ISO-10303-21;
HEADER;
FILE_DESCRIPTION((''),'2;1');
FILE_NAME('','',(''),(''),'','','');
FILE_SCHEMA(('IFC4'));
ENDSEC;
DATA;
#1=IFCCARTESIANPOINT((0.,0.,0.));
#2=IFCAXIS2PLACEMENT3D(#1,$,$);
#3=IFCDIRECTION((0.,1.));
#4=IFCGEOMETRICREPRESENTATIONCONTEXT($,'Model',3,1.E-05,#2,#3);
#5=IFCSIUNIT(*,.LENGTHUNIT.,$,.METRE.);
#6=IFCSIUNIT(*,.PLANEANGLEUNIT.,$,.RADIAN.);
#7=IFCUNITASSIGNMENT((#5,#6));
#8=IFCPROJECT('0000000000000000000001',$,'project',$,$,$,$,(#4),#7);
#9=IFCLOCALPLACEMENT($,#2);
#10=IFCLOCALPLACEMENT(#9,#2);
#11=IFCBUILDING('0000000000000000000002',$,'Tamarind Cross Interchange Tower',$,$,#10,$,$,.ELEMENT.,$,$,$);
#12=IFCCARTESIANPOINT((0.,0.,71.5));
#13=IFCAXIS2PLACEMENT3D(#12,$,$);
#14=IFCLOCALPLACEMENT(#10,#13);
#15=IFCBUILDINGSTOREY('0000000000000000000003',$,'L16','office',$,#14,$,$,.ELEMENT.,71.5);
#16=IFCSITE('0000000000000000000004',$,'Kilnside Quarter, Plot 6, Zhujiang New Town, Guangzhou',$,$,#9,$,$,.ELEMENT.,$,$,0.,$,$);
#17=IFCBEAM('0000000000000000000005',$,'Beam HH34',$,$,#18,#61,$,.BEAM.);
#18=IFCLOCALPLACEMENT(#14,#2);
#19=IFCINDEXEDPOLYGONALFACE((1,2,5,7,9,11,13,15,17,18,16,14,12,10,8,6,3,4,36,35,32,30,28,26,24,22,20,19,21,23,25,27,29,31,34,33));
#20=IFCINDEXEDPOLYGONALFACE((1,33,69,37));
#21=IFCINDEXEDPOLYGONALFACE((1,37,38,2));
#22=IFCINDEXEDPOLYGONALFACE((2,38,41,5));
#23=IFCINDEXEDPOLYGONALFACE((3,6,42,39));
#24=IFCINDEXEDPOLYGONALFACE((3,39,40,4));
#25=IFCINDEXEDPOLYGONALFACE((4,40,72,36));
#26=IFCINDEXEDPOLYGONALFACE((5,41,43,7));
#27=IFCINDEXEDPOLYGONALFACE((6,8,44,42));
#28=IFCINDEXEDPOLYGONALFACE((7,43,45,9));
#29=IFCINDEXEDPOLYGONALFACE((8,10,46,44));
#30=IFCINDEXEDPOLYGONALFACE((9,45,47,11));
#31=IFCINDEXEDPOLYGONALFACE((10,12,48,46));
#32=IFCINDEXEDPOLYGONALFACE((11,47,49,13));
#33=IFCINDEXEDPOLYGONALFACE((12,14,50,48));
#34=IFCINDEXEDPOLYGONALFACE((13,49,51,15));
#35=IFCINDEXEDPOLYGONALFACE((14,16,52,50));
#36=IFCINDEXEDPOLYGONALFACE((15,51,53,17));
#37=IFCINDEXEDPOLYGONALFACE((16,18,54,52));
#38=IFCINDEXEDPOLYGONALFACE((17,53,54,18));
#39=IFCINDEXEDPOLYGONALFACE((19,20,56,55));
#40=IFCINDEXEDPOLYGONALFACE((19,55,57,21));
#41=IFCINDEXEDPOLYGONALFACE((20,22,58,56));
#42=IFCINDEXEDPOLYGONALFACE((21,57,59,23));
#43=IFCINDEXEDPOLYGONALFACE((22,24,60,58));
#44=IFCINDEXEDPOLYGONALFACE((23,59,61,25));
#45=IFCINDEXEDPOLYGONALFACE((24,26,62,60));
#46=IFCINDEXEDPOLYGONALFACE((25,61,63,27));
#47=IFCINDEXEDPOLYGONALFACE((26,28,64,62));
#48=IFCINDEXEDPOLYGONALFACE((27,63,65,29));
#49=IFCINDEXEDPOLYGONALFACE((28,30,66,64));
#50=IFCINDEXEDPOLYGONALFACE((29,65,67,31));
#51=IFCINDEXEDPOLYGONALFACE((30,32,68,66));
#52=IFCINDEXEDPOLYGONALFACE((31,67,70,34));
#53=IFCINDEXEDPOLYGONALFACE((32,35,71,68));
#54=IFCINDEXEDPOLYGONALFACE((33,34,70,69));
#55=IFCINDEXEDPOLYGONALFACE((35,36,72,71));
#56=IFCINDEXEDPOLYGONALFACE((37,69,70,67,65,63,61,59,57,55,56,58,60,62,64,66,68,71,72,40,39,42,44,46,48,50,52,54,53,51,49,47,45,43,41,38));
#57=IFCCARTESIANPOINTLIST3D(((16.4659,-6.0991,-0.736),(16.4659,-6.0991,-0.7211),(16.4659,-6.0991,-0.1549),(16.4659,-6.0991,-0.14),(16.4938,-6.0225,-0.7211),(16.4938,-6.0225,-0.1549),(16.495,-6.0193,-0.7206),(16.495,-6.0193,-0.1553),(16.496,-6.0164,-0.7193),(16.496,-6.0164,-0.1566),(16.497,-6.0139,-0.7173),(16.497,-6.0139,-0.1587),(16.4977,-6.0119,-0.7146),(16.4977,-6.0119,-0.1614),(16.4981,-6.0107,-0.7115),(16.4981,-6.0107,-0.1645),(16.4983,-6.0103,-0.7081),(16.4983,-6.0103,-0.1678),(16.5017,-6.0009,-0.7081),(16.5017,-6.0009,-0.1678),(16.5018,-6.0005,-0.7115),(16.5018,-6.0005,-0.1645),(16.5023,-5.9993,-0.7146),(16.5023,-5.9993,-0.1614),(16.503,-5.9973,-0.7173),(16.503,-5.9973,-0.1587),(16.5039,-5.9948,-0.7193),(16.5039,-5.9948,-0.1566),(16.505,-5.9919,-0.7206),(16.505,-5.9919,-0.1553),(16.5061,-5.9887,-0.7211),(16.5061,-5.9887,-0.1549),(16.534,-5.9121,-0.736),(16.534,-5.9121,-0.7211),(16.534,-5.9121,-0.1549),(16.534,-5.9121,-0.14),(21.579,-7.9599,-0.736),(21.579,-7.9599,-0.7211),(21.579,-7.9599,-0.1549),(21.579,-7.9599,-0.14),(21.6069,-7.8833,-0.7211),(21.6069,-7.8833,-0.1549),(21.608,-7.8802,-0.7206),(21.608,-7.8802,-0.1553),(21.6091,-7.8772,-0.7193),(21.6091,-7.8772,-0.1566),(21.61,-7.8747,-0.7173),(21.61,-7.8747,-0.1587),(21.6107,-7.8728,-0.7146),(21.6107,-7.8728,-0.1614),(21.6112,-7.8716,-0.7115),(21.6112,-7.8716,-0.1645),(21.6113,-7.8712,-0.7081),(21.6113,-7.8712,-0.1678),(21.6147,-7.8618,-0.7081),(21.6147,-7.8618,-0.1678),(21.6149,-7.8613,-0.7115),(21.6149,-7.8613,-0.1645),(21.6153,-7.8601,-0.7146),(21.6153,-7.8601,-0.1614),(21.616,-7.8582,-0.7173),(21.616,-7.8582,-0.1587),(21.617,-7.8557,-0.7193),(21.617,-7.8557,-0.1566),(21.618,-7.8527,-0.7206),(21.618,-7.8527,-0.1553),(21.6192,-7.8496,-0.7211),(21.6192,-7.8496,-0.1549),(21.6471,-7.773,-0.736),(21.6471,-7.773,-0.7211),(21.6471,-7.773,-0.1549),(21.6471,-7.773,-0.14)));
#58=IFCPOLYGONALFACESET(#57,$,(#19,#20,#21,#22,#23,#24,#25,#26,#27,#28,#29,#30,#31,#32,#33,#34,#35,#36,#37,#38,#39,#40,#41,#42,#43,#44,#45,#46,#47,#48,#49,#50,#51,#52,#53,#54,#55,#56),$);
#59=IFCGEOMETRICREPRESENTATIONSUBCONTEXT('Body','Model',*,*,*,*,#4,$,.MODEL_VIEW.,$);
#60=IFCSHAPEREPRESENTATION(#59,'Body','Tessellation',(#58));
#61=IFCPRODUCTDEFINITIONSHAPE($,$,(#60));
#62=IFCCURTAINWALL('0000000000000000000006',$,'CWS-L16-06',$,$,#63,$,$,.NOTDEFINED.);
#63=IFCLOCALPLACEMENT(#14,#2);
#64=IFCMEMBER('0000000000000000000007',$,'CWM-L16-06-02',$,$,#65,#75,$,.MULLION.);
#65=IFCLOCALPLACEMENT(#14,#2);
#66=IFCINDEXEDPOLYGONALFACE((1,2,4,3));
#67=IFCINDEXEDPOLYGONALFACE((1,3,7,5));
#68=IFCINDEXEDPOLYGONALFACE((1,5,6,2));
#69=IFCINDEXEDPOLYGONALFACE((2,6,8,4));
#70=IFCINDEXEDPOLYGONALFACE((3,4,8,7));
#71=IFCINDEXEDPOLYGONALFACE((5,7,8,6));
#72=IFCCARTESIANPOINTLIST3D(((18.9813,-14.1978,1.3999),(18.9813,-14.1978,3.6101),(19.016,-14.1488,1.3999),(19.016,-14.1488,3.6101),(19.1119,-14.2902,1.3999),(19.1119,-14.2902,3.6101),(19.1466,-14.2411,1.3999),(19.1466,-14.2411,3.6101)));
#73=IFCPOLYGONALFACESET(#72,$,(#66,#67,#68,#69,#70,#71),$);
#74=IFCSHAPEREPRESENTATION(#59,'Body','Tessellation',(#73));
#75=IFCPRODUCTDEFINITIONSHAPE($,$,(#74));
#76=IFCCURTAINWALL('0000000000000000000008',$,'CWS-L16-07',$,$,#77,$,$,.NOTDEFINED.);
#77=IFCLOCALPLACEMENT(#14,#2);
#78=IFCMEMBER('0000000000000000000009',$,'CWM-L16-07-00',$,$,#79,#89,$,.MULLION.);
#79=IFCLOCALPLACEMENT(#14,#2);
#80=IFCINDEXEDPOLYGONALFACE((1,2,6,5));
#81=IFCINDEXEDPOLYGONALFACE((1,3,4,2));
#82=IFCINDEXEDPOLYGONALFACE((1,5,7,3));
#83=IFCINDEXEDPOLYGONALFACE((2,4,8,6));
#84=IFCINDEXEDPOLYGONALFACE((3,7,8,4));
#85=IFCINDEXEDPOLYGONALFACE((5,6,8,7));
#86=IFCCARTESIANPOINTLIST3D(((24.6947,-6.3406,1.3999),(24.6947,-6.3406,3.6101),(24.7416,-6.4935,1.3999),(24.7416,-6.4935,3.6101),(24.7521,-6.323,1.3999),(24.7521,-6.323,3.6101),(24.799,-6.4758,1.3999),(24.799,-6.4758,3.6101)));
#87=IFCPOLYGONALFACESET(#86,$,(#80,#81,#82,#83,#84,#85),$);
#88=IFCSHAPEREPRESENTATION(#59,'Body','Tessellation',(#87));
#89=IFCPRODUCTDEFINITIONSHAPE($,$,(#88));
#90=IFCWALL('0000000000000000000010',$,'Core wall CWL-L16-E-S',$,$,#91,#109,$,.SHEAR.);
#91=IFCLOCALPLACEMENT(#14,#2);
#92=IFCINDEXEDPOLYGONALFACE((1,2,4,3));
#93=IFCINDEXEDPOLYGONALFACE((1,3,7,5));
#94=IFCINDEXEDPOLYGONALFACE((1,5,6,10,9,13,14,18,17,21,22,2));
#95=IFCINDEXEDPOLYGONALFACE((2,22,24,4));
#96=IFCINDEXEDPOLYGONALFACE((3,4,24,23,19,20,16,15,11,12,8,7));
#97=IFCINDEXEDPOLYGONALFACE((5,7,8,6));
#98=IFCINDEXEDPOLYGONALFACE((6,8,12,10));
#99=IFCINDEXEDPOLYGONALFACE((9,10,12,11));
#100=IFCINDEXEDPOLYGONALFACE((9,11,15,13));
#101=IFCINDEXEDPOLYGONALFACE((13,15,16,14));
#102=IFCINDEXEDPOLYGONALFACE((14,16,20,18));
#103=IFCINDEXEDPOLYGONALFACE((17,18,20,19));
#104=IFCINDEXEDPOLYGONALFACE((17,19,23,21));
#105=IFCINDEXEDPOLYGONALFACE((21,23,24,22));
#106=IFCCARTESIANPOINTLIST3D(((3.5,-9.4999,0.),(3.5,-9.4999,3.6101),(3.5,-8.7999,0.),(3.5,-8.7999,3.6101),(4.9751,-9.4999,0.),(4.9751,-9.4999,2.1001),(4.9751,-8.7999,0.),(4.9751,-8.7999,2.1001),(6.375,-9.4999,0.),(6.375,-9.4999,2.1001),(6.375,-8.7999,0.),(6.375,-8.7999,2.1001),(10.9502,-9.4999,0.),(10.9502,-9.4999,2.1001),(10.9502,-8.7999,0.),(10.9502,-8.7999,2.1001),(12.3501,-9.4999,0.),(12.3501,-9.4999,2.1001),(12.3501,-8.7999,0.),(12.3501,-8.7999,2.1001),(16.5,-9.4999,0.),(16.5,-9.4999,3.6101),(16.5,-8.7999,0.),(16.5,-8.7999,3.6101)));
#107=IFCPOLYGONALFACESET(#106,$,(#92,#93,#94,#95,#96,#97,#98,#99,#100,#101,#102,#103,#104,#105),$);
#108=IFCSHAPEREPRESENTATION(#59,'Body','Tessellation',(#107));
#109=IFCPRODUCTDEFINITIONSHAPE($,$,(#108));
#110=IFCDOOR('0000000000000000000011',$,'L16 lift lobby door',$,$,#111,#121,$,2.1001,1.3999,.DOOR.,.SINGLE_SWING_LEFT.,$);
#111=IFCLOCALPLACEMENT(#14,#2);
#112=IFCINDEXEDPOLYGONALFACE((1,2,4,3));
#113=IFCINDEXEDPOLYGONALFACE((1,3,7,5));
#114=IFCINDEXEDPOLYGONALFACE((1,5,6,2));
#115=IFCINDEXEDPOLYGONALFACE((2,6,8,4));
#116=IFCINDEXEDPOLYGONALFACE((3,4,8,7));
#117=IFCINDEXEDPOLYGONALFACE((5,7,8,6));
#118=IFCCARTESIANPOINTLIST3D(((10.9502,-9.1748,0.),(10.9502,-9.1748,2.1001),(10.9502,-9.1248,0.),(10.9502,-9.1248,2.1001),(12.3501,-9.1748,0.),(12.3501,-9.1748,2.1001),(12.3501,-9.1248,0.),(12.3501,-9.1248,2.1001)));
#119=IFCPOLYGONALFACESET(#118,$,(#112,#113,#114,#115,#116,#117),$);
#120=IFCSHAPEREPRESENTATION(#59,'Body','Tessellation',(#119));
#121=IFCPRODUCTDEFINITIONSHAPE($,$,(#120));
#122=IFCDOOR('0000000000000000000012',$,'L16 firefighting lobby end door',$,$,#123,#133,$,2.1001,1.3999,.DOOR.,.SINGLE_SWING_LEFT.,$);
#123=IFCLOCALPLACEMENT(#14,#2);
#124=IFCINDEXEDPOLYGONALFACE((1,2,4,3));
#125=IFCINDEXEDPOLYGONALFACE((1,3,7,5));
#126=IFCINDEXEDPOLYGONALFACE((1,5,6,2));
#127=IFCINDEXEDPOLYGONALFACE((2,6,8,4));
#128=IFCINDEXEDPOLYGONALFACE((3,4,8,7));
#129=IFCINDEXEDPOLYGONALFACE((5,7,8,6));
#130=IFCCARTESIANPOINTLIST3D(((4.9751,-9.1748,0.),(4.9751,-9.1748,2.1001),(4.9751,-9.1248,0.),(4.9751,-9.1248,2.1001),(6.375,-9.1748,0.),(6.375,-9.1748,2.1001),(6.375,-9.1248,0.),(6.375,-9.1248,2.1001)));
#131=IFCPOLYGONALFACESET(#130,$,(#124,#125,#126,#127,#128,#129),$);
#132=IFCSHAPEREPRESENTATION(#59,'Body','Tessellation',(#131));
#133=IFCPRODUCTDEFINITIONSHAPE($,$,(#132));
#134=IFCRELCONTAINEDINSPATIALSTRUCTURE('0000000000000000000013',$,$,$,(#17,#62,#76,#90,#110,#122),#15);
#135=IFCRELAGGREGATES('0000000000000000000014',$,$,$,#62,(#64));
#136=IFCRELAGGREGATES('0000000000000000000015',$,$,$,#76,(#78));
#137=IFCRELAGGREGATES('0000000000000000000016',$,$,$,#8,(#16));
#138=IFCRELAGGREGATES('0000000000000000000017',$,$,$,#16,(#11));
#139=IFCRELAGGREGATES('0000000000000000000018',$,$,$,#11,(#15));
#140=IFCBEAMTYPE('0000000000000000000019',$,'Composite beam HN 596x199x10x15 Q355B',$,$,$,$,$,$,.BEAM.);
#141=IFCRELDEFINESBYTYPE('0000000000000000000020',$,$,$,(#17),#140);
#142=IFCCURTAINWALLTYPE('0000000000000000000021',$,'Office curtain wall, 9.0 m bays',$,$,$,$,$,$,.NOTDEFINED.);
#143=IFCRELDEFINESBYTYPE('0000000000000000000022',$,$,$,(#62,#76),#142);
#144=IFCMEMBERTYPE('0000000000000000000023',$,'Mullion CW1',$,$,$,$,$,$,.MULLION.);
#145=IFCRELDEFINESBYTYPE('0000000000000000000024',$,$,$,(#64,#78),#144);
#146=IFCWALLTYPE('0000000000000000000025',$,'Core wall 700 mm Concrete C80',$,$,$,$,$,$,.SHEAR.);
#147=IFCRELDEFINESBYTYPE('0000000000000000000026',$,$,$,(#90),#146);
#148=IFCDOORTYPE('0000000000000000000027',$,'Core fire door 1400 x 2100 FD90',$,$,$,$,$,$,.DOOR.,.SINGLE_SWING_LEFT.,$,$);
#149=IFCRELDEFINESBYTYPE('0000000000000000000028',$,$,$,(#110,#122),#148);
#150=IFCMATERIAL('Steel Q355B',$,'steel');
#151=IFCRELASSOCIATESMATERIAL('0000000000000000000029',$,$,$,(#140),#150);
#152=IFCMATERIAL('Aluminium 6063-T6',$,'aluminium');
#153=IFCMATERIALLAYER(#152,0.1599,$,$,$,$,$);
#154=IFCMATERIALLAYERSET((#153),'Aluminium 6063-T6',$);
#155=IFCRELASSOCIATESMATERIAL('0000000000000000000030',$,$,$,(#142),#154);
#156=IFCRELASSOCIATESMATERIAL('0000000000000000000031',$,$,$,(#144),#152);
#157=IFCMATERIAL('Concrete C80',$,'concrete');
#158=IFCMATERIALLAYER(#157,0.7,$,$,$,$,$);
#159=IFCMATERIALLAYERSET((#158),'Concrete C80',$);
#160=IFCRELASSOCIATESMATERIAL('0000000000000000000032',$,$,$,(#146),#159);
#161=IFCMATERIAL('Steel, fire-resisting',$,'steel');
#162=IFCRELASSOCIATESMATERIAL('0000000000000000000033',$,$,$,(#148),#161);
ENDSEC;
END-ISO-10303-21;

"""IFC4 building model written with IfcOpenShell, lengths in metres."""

from ifc_helpers import new_model, si_unit, direction, frame, frame_2d, origin, origin_2d, place, context, subcontext, project, spatial, rectangle, i_section, extrude, material, layer, layer_set, material_profile, profile_set, type_object, element, fill, aggregate, save


model = new_model("IFC4")

# Units and contexts
model_context = context("Model", 3, precision=1e-05, world=origin(), true_north=direction((0.0, 1.0)))
body_context = subcontext(model_context, "Body", "Model", "MODEL_VIEW")
ifc_project = project(units=[si_unit("LENGTHUNIT", "METRE"), si_unit("PLANEANGLEUNIT", "RADIAN")], contexts=[model_context])

# Site, building, storey
site_placement = place(None, origin())
site = spatial("IfcSite", under=ifc_project, at=site_placement, Name="Kilnside Quarter, Plot 6, Zhujiang New Town, Guangzhou", CompositionType="ELEMENT", RefElevation=0.0)
building_placement = place(site_placement, origin())
building = spatial("IfcBuilding", under=site, at=building_placement, Name="Tamarind Cross Interchange Tower", CompositionType="ELEMENT")
storey_placement = place(building_placement, frame((0.0, 0.0, 71.5)))
storey = spatial("IfcBuildingStorey", under=building, at=storey_placement, Name="L16", Description="office", CompositionType="ELEMENT", Elevation=71.5)

# Beam
ifc_material_1 = material(Name="Steel Q355B", Category="steel")
ifc_material_profile_1 = material_profile(ifc_material_1, i_section(OverallWidth=0.199, OverallDepth=0.5959, WebThickness=0.01, FlangeThickness=0.0149, FilletRadius=0.0129, at=origin_2d()), Name="HN 596x199x10x15")
ifc_profile_set_1 = profile_set([ifc_material_profile_1], Name="Steel Q355B")
beam_type = type_object("IfcBeamType", Name="Composite beam HN 596x199x10x15 Q355B", PredefinedType="BEAM", material=ifc_profile_set_1)
beam_1_placement = place(storey_placement, frame((21.613, -7.8665, -0.438), z_axis=(-0.939702, 0.341995, 0.0), x_axis=(-0.341995, -0.939702, 0.0)))
element("IfcBeam", 1, at=beam_1_placement, inside=storey, type_object=beam_type, Name="Beam HH34", PredefinedType="BEAM", context=body_context, shape_type="SweptSolid", body=[
    extrude(i_section(OverallWidth=0.199, OverallDepth=0.5959, WebThickness=0.01, FlangeThickness=0.0149, FilletRadius=0.0129, at=origin_2d()), origin(), (0.0, 0.0, 1.0), 5.4412),
])

# Curtain walls, members
ifc_material_2 = material(Name="Aluminium 6063-T6", Category="aluminium")
ifc_layer_1 = layer(ifc_material_2, 0.1599)
ifc_layer_set_1 = layer_set([ifc_layer_1], Name="Aluminium 6063-T6")
curtain_wall_type = type_object("IfcCurtainWallType", Name="Office curtain wall, 9.0 m bays", PredefinedType="NOTDEFINED", material=ifc_layer_set_1)
curtain_wall_1_placement = place(storey_placement, origin())
curtain_wall_1 = element("IfcCurtainWall", 2, at=curtain_wall_1_placement, inside=storey, type_object=curtain_wall_type, Name="CWS-L16-06", PredefinedType="NOTDEFINED")
ifc_material_profile_2 = material_profile(ifc_material_2, rectangle(XDim=0.0601, YDim=0.1599, at=origin_2d()), Name="Mullion CW1")
ifc_profile_set_2 = profile_set([ifc_material_profile_2], Name="Aluminium 6063-T6")
member_type = type_object("IfcMemberType", Name="Mullion CW1", PredefinedType="MULLION", material=ifc_profile_set_2)
member_1_placement = place(storey_placement, frame((19.064, -14.2195, 1.3999), z_axis=(0.0, 0.0, 1.0), x_axis=(0.577569, 0.816342, 0.0)))
member_1 = element("IfcMember", 3, at=member_1_placement, type_object=member_type, Name="CWM-L16-06-02", PredefinedType="MULLION", context=body_context, shape_type="SweptSolid", body=[
    extrude(rectangle(XDim=0.0601, YDim=0.1599, at=origin_2d()), origin(), (0.0, 0.0, 1.0), 2.2102),
])
aggregate(curtain_wall_1, [member_1])
curtain_wall_2_placement = place(storey_placement, origin())
curtain_wall_2 = element("IfcCurtainWall", 4, at=curtain_wall_2_placement, inside=storey, type_object=curtain_wall_type, Name="CWS-L16-07", PredefinedType="NOTDEFINED")
member_2_placement = place(storey_placement, frame((24.7468, -6.4082, 1.3999), z_axis=(0.0, 0.0, 1.0), x_axis=(0.955989, 0.293403, 0.0)))
member_2 = element("IfcMember", 5, at=member_2_placement, type_object=member_type, Name="CWM-L16-07-00", PredefinedType="MULLION", context=body_context, shape_type="SweptSolid", body=[
    extrude(rectangle(XDim=0.0601, YDim=0.1599, at=origin_2d()), origin(), (0.0, 0.0, 1.0), 2.2102),
])
aggregate(curtain_wall_2, [member_2])

# Wall, openings, doors
ifc_material_3 = material(Name="Concrete C80", Category="concrete")
ifc_layer_2 = layer(ifc_material_3, 0.7)
ifc_layer_set_2 = layer_set([ifc_layer_2], Name="Concrete C80")
wall_type_1 = type_object("IfcWallType", Name="Core wall 700 mm Concrete C80", PredefinedType="SHEAR", material=ifc_layer_set_2)
wall_1_placement = place(storey_placement, frame((16.5, -9.1499, 0.0), z_axis=(0.0, 0.0, 1.0), x_axis=(-1.0, 0.0, 0.0)))
wall_1 = element("IfcWall", 6, at=wall_1_placement, inside=storey, type_object=wall_type_1, Name="Core wall CWL-L16-E-S", PredefinedType="SHEAR", context=body_context, shape_type="SweptSolid", body=[
    extrude(rectangle(XDim=13.0, YDim=0.7, at=frame_2d((6.5, 0.0))), origin(), (0.0, 0.0, 1.0), 3.6101),
])
opening_1_placement = place(wall_1_placement, frame((4.1499, 0.0, 0.0)))
opening_1 = element("IfcOpeningElement", 7, at=opening_1_placement, cuts=wall_1, PredefinedType="OPENING", context=body_context, shape_type="SweptSolid", body=[
    extrude(rectangle(XDim=1.3999, YDim=2.1001, at=frame_2d((0.7, 1.05))), frame((0.0, 0.3599, 0.0), z_axis=(0.0, -1.0, 0.0), x_axis=(1.0, 0.0, 0.0)), (0.0, 0.0, 1.0), 0.72),
])
opening_2_placement = place(wall_1_placement, frame((10.125, 0.0, 0.0)))
opening_2 = element("IfcOpeningElement", 8, at=opening_2_placement, cuts=wall_1, PredefinedType="OPENING", context=body_context, shape_type="SweptSolid", body=[
    extrude(rectangle(XDim=1.3999, YDim=2.1001, at=frame_2d((0.7, 1.05))), frame((0.0, 0.3599, 0.0), z_axis=(0.0, -1.0, 0.0), x_axis=(1.0, 0.0, 0.0)), (0.0, 0.0, 1.0), 0.72),
])
ifc_material_4 = material(Name="Steel, fire-resisting", Category="steel")
door_type_1 = type_object("IfcDoorType", Name="Core fire door 1400 x 2100 FD90", OperationType="SINGLE_SWING_LEFT", PredefinedType="DOOR", material=ifc_material_4)
door_1_placement = place(opening_1_placement, origin())
door_1 = element("IfcDoor", 9, at=door_1_placement, inside=storey, type_object=door_type_1, Name="L16 lift lobby door", OperationType="SINGLE_SWING_LEFT", OverallHeight=2.1001, OverallWidth=1.3999, PredefinedType="DOOR", context=body_context, shape_type="SweptSolid", body=[
    extrude(rectangle(XDim=1.3999, YDim=2.1001, at=frame_2d((0.7, 1.05))), frame((0.0, 0.0249, 0.0), z_axis=(0.0, -1.0, 0.0), x_axis=(1.0, 0.0, 0.0)), (0.0, 0.0, 1.0), 0.05),
])
fill(opening_1, door_1)
door_2_placement = place(opening_2_placement, origin())
door_2 = element("IfcDoor", 10, at=door_2_placement, inside=storey, type_object=door_type_1, Name="L16 firefighting lobby end door", OperationType="SINGLE_SWING_LEFT", OverallHeight=2.1001, OverallWidth=1.3999, PredefinedType="DOOR", context=body_context, shape_type="SweptSolid", body=[
    extrude(rectangle(XDim=1.3999, YDim=2.1001, at=frame_2d((0.7, 1.05))), frame((0.0, 0.0249, 0.0), z_axis=(0.0, -1.0, 0.0), x_axis=(1.0, 0.0, 0.0)), (0.0, 0.0, 1.0), 0.05),
])
fill(opening_2, door_2)

save(model, "model.ifc")
